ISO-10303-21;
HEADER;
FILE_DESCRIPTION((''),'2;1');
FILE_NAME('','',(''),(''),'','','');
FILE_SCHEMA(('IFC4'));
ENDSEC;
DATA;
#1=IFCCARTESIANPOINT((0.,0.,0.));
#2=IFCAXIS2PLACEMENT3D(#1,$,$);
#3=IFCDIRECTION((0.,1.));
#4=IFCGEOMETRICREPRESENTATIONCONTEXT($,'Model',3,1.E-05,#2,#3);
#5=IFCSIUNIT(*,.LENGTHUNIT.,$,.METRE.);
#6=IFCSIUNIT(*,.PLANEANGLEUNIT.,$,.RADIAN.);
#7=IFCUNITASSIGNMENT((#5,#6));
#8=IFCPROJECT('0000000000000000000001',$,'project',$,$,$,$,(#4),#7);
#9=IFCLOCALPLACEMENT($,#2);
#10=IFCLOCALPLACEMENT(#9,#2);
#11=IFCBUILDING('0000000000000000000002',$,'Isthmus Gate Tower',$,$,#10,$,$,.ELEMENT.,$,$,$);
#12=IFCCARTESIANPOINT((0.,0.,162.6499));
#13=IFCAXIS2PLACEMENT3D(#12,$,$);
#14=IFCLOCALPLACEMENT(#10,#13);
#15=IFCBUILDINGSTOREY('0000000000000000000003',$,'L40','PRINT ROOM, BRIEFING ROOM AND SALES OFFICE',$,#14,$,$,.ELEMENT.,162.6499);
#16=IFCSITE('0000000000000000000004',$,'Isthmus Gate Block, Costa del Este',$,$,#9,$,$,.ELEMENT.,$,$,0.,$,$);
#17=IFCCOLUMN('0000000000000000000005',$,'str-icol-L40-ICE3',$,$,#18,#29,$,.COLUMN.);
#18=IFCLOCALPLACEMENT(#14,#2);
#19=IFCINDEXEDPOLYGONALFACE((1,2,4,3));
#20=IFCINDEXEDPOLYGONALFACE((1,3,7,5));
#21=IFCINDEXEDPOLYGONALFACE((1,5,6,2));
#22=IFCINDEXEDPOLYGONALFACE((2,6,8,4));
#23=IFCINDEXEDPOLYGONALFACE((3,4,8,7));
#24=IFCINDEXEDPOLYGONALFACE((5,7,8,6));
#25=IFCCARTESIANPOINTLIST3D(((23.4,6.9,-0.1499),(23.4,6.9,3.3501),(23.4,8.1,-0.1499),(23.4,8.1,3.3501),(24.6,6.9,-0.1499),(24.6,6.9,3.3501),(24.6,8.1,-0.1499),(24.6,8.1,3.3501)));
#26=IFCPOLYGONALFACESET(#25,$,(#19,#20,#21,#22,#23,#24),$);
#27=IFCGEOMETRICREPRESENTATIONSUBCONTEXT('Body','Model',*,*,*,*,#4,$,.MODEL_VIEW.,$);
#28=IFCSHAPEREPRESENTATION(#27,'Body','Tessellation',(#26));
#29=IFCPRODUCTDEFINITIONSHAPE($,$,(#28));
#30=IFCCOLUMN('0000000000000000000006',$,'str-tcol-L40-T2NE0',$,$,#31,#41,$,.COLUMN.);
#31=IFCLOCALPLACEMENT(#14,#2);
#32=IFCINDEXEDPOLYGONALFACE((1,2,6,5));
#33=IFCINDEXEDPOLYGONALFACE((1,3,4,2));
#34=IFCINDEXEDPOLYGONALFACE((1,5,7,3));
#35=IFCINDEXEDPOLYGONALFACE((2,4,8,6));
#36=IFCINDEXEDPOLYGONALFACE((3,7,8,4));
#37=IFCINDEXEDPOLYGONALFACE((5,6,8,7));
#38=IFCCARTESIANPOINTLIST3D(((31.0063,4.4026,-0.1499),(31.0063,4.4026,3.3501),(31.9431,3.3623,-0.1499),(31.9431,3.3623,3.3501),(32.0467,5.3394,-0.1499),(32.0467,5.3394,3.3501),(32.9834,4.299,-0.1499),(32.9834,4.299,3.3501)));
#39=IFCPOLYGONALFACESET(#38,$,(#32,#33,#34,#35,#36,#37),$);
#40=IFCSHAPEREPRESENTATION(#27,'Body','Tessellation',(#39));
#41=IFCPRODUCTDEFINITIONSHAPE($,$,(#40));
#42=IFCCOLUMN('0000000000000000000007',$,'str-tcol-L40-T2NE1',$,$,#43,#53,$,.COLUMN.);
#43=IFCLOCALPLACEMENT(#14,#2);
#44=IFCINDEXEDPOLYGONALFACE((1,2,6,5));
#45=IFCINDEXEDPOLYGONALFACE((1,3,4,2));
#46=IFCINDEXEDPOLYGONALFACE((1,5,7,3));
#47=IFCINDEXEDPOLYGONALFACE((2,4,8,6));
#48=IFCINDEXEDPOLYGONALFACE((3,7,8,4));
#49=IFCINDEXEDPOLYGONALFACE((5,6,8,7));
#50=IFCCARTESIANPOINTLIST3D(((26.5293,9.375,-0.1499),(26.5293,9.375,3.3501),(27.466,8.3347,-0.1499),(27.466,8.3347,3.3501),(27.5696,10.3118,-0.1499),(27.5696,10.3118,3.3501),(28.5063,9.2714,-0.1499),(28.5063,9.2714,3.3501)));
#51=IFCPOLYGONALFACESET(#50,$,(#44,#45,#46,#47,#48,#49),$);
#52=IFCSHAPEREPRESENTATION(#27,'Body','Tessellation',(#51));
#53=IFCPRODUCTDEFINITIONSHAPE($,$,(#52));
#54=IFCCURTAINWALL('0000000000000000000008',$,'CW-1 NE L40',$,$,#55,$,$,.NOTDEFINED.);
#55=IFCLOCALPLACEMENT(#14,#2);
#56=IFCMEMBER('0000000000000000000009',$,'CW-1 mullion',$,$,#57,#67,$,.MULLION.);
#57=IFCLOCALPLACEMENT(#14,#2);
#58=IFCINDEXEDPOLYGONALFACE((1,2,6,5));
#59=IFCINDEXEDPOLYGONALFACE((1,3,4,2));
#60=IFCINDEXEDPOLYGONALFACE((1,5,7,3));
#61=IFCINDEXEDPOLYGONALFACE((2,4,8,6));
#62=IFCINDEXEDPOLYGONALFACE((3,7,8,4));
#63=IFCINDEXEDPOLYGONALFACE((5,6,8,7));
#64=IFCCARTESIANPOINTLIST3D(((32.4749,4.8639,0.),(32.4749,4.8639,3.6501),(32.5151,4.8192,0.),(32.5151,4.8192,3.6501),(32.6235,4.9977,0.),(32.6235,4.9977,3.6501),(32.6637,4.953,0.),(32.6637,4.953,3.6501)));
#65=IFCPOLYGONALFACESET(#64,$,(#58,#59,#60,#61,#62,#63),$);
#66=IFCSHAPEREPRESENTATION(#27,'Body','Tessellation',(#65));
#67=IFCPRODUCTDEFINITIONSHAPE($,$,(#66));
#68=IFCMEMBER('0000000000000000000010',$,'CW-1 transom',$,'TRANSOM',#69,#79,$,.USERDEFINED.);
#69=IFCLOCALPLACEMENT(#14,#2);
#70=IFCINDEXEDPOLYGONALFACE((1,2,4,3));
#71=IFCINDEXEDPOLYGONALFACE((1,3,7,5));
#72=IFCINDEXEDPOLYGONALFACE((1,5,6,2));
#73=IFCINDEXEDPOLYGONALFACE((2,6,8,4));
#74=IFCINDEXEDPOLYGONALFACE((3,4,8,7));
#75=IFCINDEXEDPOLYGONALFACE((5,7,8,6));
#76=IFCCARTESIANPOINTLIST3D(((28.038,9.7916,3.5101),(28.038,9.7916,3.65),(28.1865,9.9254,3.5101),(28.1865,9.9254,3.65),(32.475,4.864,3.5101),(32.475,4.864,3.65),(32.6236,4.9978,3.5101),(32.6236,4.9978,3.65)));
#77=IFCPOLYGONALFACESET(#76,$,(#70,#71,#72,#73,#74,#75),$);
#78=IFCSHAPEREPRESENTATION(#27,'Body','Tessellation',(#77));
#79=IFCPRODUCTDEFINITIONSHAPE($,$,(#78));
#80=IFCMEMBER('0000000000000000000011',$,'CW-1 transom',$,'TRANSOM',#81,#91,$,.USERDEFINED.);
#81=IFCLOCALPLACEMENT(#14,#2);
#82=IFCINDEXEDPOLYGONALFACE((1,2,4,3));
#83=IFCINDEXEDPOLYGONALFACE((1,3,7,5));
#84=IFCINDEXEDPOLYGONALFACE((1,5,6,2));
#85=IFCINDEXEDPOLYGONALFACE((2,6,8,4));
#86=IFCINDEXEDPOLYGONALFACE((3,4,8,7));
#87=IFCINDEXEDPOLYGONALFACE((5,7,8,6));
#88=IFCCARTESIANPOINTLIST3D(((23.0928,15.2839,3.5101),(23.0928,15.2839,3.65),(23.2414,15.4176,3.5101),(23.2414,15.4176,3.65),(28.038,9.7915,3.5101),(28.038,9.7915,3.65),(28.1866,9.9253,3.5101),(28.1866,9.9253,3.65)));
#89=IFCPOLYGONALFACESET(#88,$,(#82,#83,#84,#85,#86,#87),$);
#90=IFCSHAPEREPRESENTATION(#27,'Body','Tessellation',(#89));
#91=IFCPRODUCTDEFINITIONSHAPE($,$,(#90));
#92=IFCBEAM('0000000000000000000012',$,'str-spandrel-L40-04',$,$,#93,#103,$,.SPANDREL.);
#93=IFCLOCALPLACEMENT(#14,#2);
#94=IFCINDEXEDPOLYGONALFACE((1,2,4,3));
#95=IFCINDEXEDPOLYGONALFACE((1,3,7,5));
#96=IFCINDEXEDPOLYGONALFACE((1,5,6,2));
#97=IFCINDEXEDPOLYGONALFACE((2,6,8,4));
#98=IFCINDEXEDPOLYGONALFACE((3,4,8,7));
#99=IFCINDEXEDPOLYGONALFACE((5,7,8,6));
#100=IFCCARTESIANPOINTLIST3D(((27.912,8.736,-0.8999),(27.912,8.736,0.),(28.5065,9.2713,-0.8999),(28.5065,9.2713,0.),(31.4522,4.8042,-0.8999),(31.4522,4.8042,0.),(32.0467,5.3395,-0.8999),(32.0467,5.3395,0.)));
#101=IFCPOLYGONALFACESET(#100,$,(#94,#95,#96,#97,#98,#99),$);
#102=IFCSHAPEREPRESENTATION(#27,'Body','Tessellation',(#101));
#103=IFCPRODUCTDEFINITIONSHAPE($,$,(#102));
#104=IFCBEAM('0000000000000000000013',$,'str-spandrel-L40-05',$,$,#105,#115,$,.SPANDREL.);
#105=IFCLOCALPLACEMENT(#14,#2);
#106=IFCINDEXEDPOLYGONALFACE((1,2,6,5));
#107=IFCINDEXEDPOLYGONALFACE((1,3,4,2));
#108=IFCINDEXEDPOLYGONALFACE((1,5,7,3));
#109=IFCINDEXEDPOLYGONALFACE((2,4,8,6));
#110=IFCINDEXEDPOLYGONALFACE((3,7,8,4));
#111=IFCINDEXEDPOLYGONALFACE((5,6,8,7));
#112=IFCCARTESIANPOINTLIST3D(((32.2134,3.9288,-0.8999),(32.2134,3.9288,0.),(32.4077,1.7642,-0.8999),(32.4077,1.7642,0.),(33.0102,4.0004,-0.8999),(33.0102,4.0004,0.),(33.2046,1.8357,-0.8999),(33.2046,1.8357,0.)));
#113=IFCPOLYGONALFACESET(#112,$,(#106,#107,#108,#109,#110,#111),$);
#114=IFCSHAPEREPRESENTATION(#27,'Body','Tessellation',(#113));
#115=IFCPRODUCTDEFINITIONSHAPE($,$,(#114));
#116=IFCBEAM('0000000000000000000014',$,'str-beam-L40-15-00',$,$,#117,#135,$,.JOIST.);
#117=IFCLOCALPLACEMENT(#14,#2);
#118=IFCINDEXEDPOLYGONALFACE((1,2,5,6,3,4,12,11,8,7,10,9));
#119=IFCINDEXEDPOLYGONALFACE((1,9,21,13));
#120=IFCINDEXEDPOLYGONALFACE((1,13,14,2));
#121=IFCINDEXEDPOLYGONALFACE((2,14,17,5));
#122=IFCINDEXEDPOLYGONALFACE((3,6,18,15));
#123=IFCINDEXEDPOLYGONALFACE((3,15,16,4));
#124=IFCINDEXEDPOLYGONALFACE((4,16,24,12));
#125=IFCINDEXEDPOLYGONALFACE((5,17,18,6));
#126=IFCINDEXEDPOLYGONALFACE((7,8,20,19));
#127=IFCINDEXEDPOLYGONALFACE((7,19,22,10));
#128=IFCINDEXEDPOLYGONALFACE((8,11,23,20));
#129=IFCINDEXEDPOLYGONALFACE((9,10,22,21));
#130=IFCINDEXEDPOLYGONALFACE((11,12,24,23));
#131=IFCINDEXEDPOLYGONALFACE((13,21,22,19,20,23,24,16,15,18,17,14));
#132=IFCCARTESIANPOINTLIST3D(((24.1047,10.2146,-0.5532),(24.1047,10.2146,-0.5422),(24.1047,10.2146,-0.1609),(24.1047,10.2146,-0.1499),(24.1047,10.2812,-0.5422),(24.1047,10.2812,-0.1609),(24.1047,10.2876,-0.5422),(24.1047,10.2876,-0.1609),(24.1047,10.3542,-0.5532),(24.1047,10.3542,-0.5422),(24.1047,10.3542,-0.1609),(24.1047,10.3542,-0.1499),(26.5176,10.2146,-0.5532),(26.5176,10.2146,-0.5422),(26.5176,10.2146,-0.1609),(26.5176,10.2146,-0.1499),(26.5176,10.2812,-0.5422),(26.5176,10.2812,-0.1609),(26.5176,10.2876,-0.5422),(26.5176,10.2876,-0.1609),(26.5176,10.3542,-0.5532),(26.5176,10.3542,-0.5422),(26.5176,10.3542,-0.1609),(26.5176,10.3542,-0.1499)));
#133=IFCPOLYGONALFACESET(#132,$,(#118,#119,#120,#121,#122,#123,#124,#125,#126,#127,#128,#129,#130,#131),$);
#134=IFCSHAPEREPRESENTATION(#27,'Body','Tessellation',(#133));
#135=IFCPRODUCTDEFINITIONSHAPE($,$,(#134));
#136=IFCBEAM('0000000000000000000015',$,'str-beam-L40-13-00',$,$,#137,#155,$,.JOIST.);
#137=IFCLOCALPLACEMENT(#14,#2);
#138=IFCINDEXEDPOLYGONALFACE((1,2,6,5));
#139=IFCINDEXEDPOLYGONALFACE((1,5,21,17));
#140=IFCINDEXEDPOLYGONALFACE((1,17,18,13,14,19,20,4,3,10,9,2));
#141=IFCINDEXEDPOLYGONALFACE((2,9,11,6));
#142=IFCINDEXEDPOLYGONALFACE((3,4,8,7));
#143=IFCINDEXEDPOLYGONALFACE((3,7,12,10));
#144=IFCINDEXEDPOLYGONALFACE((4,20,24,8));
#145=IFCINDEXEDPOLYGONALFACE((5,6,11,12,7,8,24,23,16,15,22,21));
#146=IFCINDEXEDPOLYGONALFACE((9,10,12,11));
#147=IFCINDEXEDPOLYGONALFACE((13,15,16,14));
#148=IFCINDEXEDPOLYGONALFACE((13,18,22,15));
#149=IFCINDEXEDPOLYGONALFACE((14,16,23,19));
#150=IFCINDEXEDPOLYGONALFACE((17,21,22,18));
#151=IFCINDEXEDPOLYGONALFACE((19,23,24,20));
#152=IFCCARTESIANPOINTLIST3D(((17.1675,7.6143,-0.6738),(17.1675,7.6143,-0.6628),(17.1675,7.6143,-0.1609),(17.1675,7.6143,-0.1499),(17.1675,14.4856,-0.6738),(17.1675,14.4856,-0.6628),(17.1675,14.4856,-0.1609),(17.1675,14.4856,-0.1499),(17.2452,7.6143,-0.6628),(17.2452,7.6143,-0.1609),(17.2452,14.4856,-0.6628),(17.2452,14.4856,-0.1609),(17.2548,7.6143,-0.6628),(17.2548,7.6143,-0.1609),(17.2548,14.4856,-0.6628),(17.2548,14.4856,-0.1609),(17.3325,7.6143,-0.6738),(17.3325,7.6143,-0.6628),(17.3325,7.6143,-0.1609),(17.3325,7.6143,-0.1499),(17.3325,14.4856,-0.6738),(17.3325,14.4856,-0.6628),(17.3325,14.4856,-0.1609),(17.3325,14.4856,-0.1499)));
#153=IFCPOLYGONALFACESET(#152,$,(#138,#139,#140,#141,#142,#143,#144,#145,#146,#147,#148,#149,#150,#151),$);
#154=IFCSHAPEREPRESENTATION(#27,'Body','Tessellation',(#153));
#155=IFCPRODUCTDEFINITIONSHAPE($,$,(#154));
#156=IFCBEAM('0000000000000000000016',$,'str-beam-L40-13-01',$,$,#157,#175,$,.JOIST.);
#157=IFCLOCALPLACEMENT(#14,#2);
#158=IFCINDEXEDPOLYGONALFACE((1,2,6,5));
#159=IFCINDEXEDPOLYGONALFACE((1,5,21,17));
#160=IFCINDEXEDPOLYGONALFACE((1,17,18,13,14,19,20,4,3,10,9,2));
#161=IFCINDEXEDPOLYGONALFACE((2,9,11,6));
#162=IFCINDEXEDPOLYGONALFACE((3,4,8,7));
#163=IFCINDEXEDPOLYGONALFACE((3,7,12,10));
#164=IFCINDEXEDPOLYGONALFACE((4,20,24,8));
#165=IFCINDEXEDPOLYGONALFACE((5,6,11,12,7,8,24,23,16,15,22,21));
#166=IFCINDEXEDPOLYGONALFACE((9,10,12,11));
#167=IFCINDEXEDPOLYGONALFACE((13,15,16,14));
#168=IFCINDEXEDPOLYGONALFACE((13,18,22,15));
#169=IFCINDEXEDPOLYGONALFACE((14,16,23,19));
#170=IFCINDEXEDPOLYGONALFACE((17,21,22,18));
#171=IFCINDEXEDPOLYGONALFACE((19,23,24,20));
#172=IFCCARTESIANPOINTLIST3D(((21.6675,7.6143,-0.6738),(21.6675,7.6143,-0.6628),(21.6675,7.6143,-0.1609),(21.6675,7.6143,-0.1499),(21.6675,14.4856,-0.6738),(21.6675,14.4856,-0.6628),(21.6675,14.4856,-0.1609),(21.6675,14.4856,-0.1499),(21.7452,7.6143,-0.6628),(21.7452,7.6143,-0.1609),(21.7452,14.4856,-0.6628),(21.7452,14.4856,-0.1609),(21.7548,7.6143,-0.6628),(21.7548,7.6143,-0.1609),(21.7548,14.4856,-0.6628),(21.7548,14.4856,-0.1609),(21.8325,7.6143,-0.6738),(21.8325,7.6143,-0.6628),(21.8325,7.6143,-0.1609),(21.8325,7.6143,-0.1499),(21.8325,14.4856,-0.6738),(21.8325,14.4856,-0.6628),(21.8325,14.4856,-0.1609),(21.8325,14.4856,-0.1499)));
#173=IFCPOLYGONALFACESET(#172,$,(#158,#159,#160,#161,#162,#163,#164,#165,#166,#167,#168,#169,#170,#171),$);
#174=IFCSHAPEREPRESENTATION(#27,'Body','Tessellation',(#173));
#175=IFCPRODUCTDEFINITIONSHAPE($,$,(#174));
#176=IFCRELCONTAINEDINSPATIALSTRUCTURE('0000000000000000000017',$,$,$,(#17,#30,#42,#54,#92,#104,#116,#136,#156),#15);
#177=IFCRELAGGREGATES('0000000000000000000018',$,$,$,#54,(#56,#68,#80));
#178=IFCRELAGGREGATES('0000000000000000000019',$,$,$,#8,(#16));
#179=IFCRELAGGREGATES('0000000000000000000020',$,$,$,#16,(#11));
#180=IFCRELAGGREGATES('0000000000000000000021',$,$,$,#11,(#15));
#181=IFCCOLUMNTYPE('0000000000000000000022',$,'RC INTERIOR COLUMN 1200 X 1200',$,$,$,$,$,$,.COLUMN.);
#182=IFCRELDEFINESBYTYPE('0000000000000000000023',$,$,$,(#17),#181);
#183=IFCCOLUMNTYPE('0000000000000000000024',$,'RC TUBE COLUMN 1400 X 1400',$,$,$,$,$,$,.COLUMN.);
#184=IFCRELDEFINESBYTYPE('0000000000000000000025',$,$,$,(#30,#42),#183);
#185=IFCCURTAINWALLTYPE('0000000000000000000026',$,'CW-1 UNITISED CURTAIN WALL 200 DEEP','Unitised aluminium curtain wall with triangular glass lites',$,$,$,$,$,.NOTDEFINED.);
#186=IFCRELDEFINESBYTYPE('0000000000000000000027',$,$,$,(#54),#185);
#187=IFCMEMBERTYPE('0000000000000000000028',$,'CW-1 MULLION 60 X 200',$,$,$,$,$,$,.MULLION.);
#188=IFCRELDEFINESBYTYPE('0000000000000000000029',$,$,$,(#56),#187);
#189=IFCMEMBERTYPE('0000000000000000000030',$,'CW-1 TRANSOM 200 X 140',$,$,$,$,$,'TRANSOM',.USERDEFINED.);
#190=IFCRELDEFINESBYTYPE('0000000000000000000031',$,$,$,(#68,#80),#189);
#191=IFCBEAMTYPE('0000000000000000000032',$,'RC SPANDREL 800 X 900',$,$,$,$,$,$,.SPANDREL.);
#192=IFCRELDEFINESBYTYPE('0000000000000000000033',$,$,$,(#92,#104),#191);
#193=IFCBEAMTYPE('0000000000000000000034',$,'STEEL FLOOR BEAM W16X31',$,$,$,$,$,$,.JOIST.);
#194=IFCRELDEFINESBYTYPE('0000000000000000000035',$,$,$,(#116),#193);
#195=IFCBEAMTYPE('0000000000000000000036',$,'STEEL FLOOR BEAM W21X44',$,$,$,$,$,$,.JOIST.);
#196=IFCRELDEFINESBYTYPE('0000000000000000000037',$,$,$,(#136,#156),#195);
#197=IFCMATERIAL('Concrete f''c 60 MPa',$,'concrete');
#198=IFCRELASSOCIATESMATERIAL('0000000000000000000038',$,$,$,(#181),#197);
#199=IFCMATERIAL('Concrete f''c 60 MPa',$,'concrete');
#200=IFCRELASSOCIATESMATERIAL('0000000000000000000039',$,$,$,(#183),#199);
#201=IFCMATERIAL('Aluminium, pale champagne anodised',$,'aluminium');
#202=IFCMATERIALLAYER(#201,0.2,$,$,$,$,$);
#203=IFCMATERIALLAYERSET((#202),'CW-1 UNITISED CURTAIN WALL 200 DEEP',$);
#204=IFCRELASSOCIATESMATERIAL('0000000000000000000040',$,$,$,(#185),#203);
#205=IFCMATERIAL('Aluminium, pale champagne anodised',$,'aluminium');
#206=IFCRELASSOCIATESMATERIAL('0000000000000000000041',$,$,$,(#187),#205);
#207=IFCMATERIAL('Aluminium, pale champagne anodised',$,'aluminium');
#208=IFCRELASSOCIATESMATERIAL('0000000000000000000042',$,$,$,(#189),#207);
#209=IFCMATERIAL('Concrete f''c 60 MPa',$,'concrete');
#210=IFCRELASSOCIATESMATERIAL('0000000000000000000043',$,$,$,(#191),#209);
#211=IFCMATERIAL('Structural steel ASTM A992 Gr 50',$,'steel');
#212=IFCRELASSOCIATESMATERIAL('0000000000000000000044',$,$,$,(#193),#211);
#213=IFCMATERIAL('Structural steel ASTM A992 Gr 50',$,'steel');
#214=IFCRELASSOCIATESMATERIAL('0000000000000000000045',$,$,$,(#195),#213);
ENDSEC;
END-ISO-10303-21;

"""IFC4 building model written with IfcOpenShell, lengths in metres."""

from ifc_helpers import new_model, si_unit, direction, frame, origin, origin_2d, place, context, subcontext, project, spatial, rectangle, i_section, extrude, material, layer, layer_set, material_profile, profile_set, type_object, element, aggregate, save


model = new_model("IFC4")

# Units and contexts
model_context = context("Model", 3, precision=1e-05, world=origin(), true_north=direction((0.0, 1.0)))
body_context = subcontext(model_context, "Body", "Model", "MODEL_VIEW")
ifc_project = project(units=[si_unit("LENGTHUNIT", "METRE"), si_unit("PLANEANGLEUNIT", "RADIAN")], contexts=[model_context])

# Site, building, storey
site_placement = place(None, origin())
site = spatial("IfcSite", under=ifc_project, at=site_placement, Name="Isthmus Gate Block, Costa del Este", CompositionType="ELEMENT", RefElevation=0.0)
building_placement = place(site_placement, origin())
building = spatial("IfcBuilding", under=site, at=building_placement, Name="Isthmus Gate Tower", CompositionType="ELEMENT")
storey_placement = place(building_placement, frame((0.0, 0.0, 162.6499)))
storey = spatial("IfcBuildingStorey", under=building, at=storey_placement, Name="L40", Description="PRINT ROOM, BRIEFING ROOM AND SALES OFFICE", CompositionType="ELEMENT", Elevation=162.6499)

# Columns
ifc_material_1 = material(Name="Concrete f'c 60 MPa", Category="concrete")
ifc_material_profile_1 = material_profile(ifc_material_1, rectangle(XDim=1.2, YDim=1.2, at=origin_2d()), Name="RC 1200X1200")
ifc_profile_set_1 = profile_set([ifc_material_profile_1], Name="Concrete f'c 60 MPa")
column_type_1 = type_object("IfcColumnType", Name="RC INTERIOR COLUMN 1200 X 1200", PredefinedType="COLUMN", material=ifc_profile_set_1)
column_placement = place(storey_placement, frame((24.0, 7.5, -0.1499), z_axis=(0.0, 0.0, 1.0), x_axis=(1.0, 0.0, 0.0)))
element("IfcColumn", 1, at=column_placement, inside=storey, type_object=column_type_1, Name="str-icol-L40-ICE3", PredefinedType="COLUMN", context=body_context, shape_type="SweptSolid", body=[
    extrude(rectangle(XDim=1.2, YDim=1.2, at=origin_2d()), origin(), (0.0, 0.0, 1.0), 3.5),
])
ifc_material_2 = material(Name="Concrete f'c 60 MPa", Category="concrete")
ifc_material_profile_2 = material_profile(ifc_material_2, rectangle(XDim=1.3999, YDim=1.3999, at=origin_2d()), Name="RC 1400X1400")
ifc_profile_set_2 = profile_set([ifc_material_profile_2], Name="Concrete f'c 60 MPa")
column_type_2 = type_object("IfcColumnType", Name="RC TUBE COLUMN 1400 X 1400", PredefinedType="COLUMN", material=ifc_profile_set_2)
for number, where, z_axis, x_axis, name in (
    (2, (31.9949, 4.3508, -0.1499), (0.0, 0.0, 1.0), (-0.669131, 0.743145, 0.0), "str-tcol-L40-T2NE0"),
    (3, (27.5178, 9.3232, -0.1499), (0.0, 0.0, 1.0), (-0.669131, 0.743145, 0.0), "str-tcol-L40-T2NE1"),
):
    element("IfcColumn", number, at=place(storey_placement, frame(where, z_axis=z_axis, x_axis=x_axis)), inside=storey, type_object=column_type_2, Name=name, PredefinedType="COLUMN", context=body_context, shape_type="SweptSolid", body=[
        extrude(rectangle(XDim=1.3999, YDim=1.3999, at=origin_2d()), origin(), (0.0, 0.0, 1.0), 3.5),
    ])

# Curtain wall, members
ifc_material_3 = material(Name="Aluminium, pale champagne anodised", Category="aluminium")
ifc_layer_1 = layer(ifc_material_3, 0.2)
ifc_layer_set_1 = layer_set([ifc_layer_1], Name="CW-1 UNITISED CURTAIN WALL 200 DEEP")
curtain_wall_type = type_object("IfcCurtainWallType", Name="CW-1 UNITISED CURTAIN WALL 200 DEEP", Description="Unitised aluminium curtain wall with triangular glass lites", PredefinedType="NOTDEFINED", material=ifc_layer_set_1)
curtain_wall_placement = place(storey_placement, origin())
curtain_wall = element("IfcCurtainWall", 4, at=curtain_wall_placement, inside=storey, type_object=curtain_wall_type, Name="CW-1 NE L40", PredefinedType="NOTDEFINED")
ifc_material_4 = material(Name="Aluminium, pale champagne anodised", Category="aluminium")
ifc_material_profile_3 = material_profile(ifc_material_4, rectangle(XDim=0.0601, YDim=0.2, at=origin_2d()), Name="60x200")
ifc_profile_set_3 = profile_set([ifc_material_profile_3], Name="Aluminium, pale champagne anodised")
member_type_1 = type_object("IfcMemberType", Name="CW-1 MULLION 60 X 200", PredefinedType="MULLION", material=ifc_profile_set_3)
member_1_placement = place(storey_placement, frame((32.5693, 4.9084, 0.0), z_axis=(0.0, 0.0, 1.0), x_axis=(-0.669131, 0.743145, 0.0)))
member_1 = element("IfcMember", 5, at=member_1_placement, type_object=member_type_1, Name="CW-1 mullion", PredefinedType="MULLION", context=body_context, shape_type="SweptSolid", body=[
    extrude(rectangle(XDim=0.0601, YDim=0.2, at=origin_2d()), origin(), (0.0, 0.0, 1.0), 3.6501),
])
ifc_material_5 = material(Name="Aluminium, pale champagne anodised", Category="aluminium")
ifc_material_profile_4 = material_profile(ifc_material_5, rectangle(XDim=0.2, YDim=0.1399, at=origin_2d()), Name="200x140")
ifc_profile_set_4 = profile_set([ifc_material_profile_4], Name="Aluminium, pale champagne anodised")
member_type_2 = type_object("IfcMemberType", Name="CW-1 TRANSOM 200 X 140", ElementType="TRANSOM", PredefinedType="USERDEFINED", material=ifc_profile_set_4)
member_2_placement = place(storey_placement, frame((32.5493, 4.9309, 3.5801), z_axis=(-0.669154, 0.743124, 0.0), x_axis=(-0.743124, -0.669154, 0.0)))
member_2 = element("IfcMember", 6, at=member_2_placement, type_object=member_type_2, Name="CW-1 transom", ObjectType="TRANSOM", PredefinedType="USERDEFINED", context=body_context, shape_type="SweptSolid", body=[
    extrude(rectangle(XDim=0.2, YDim=0.1399, at=origin_2d()), origin(), (0.0, 0.0, 1.0), 6.6309),
])
member_3_placement = place(storey_placement, frame((28.1123, 9.8584, 3.5801), z_axis=(-0.669123, 0.743151, 0.0), x_axis=(-0.743151, -0.669123, 0.0)))
member_3 = element("IfcMember", 7, at=member_3_placement, type_object=member_type_2, Name="CW-1 transom", ObjectType="TRANSOM", PredefinedType="USERDEFINED", context=body_context, shape_type="SweptSolid", body=[
    extrude(rectangle(XDim=0.2, YDim=0.1399, at=origin_2d()), origin(), (0.0, 0.0, 1.0), 7.3906),
])

# Beams
ifc_material_6 = material(Name="Concrete f'c 60 MPa", Category="concrete")
ifc_material_profile_5 = material_profile(ifc_material_6, rectangle(XDim=0.8, YDim=0.8999, at=origin_2d()), Name="RC 800X900")
ifc_profile_set_5 = profile_set([ifc_material_profile_5], Name="Concrete f'c 60 MPa")
beam_type_1 = type_object("IfcBeamType", Name="RC SPANDREL 800 X 900", PredefinedType="SPANDREL", material=ifc_profile_set_5)
beam_1_placement = place(storey_placement, frame((28.2092, 9.0037, -0.45), z_axis=(0.66913, -0.743145, 0.0), x_axis=(0.743145, 0.66913, 0.0)))
element("IfcBeam", 8, at=beam_1_placement, inside=storey, type_object=beam_type_1, Name="str-spandrel-L40-04", PredefinedType="SPANDREL", context=body_context, shape_type="SweptSolid", body=[
    extrude(rectangle(XDim=0.8, YDim=0.8999, at=origin_2d()), origin(), (0.0, 0.0, 1.0), 5.2908),
])
beam_2_placement = place(storey_placement, frame((32.6118, 3.9646, -0.45), z_axis=(0.089422, -0.995994, 0.0), x_axis=(0.995994, 0.089422, 0.0)))
element("IfcBeam", 9, at=beam_2_placement, inside=storey, type_object=beam_type_1, Name="str-spandrel-L40-05", PredefinedType="SPANDREL", context=body_context, shape_type="SweptSolid", body=[
    extrude(rectangle(XDim=0.8, YDim=0.8999, at=origin_2d()), origin(), (0.0, 0.0, 1.0), 2.1733),
])
ifc_material_7 = material(Name="Structural steel ASTM A992 Gr 50", Category="steel")
ifc_material_profile_6 = material_profile(ifc_material_7, i_section(OverallWidth=0.1396, OverallDepth=0.4033, WebThickness=0.0063, FlangeThickness=0.011, at=origin_2d()), Name="W16X31")
ifc_profile_set_6 = profile_set([ifc_material_profile_6], Name="Structural steel ASTM A992 Gr 50")
beam_type_2 = type_object("IfcBeamType", Name="STEEL FLOOR BEAM W16X31", PredefinedType="JOIST", material=ifc_profile_set_6)
beam_3_placement = place(storey_placement, frame((24.1047, 10.2844, -0.3516), z_axis=(1.0, 0.0, 0.0), x_axis=(0.0, 1.0, 0.0)))
element("IfcBeam", 10, at=beam_3_placement, inside=storey, type_object=beam_type_2, Name="str-beam-L40-15-00", PredefinedType="JOIST", context=body_context, shape_type="SweptSolid", body=[
    extrude(i_section(OverallWidth=0.1396, OverallDepth=0.4033, WebThickness=0.0063, FlangeThickness=0.011, at=origin_2d()), origin(), (0.0, 0.0, 1.0), 2.4128),
])
ifc_material_8 = material(Name="Structural steel ASTM A992 Gr 50", Category="steel")
ifc_material_profile_7 = material_profile(ifc_material_8, i_section(OverallWidth=0.165, OverallDepth=0.5239, WebThickness=0.0095, FlangeThickness=0.011, at=origin_2d()), Name="W21X44")
ifc_profile_set_7 = profile_set([ifc_material_profile_7], Name="Structural steel ASTM A992 Gr 50")
beam_type_3 = type_object("IfcBeamType", Name="STEEL FLOOR BEAM W21X44", PredefinedType="JOIST", material=ifc_profile_set_7)
for number, where, z_axis, x_axis, name in (
    (11, (17.25, 7.6143, -0.4119), (0.0, 1.0, 0.0), (-1.0, 0.0, 0.0), "str-beam-L40-13-00"),
    (12, (21.75, 7.6143, -0.4119), (0.0, 1.0, 0.0), (-1.0, 0.0, 0.0), "str-beam-L40-13-01"),
):
    element("IfcBeam", number, at=place(storey_placement, frame(where, z_axis=z_axis, x_axis=x_axis)), inside=storey, type_object=beam_type_3, Name=name, PredefinedType="JOIST", context=body_context, shape_type="SweptSolid", body=[
        extrude(i_section(OverallWidth=0.165, OverallDepth=0.5239, WebThickness=0.0095, FlangeThickness=0.011, at=origin_2d()), origin(), (0.0, 0.0, 1.0), 6.8713),
    ])

aggregate(curtain_wall, [member_1, member_2, member_3])

save(model, "model.ifc")
